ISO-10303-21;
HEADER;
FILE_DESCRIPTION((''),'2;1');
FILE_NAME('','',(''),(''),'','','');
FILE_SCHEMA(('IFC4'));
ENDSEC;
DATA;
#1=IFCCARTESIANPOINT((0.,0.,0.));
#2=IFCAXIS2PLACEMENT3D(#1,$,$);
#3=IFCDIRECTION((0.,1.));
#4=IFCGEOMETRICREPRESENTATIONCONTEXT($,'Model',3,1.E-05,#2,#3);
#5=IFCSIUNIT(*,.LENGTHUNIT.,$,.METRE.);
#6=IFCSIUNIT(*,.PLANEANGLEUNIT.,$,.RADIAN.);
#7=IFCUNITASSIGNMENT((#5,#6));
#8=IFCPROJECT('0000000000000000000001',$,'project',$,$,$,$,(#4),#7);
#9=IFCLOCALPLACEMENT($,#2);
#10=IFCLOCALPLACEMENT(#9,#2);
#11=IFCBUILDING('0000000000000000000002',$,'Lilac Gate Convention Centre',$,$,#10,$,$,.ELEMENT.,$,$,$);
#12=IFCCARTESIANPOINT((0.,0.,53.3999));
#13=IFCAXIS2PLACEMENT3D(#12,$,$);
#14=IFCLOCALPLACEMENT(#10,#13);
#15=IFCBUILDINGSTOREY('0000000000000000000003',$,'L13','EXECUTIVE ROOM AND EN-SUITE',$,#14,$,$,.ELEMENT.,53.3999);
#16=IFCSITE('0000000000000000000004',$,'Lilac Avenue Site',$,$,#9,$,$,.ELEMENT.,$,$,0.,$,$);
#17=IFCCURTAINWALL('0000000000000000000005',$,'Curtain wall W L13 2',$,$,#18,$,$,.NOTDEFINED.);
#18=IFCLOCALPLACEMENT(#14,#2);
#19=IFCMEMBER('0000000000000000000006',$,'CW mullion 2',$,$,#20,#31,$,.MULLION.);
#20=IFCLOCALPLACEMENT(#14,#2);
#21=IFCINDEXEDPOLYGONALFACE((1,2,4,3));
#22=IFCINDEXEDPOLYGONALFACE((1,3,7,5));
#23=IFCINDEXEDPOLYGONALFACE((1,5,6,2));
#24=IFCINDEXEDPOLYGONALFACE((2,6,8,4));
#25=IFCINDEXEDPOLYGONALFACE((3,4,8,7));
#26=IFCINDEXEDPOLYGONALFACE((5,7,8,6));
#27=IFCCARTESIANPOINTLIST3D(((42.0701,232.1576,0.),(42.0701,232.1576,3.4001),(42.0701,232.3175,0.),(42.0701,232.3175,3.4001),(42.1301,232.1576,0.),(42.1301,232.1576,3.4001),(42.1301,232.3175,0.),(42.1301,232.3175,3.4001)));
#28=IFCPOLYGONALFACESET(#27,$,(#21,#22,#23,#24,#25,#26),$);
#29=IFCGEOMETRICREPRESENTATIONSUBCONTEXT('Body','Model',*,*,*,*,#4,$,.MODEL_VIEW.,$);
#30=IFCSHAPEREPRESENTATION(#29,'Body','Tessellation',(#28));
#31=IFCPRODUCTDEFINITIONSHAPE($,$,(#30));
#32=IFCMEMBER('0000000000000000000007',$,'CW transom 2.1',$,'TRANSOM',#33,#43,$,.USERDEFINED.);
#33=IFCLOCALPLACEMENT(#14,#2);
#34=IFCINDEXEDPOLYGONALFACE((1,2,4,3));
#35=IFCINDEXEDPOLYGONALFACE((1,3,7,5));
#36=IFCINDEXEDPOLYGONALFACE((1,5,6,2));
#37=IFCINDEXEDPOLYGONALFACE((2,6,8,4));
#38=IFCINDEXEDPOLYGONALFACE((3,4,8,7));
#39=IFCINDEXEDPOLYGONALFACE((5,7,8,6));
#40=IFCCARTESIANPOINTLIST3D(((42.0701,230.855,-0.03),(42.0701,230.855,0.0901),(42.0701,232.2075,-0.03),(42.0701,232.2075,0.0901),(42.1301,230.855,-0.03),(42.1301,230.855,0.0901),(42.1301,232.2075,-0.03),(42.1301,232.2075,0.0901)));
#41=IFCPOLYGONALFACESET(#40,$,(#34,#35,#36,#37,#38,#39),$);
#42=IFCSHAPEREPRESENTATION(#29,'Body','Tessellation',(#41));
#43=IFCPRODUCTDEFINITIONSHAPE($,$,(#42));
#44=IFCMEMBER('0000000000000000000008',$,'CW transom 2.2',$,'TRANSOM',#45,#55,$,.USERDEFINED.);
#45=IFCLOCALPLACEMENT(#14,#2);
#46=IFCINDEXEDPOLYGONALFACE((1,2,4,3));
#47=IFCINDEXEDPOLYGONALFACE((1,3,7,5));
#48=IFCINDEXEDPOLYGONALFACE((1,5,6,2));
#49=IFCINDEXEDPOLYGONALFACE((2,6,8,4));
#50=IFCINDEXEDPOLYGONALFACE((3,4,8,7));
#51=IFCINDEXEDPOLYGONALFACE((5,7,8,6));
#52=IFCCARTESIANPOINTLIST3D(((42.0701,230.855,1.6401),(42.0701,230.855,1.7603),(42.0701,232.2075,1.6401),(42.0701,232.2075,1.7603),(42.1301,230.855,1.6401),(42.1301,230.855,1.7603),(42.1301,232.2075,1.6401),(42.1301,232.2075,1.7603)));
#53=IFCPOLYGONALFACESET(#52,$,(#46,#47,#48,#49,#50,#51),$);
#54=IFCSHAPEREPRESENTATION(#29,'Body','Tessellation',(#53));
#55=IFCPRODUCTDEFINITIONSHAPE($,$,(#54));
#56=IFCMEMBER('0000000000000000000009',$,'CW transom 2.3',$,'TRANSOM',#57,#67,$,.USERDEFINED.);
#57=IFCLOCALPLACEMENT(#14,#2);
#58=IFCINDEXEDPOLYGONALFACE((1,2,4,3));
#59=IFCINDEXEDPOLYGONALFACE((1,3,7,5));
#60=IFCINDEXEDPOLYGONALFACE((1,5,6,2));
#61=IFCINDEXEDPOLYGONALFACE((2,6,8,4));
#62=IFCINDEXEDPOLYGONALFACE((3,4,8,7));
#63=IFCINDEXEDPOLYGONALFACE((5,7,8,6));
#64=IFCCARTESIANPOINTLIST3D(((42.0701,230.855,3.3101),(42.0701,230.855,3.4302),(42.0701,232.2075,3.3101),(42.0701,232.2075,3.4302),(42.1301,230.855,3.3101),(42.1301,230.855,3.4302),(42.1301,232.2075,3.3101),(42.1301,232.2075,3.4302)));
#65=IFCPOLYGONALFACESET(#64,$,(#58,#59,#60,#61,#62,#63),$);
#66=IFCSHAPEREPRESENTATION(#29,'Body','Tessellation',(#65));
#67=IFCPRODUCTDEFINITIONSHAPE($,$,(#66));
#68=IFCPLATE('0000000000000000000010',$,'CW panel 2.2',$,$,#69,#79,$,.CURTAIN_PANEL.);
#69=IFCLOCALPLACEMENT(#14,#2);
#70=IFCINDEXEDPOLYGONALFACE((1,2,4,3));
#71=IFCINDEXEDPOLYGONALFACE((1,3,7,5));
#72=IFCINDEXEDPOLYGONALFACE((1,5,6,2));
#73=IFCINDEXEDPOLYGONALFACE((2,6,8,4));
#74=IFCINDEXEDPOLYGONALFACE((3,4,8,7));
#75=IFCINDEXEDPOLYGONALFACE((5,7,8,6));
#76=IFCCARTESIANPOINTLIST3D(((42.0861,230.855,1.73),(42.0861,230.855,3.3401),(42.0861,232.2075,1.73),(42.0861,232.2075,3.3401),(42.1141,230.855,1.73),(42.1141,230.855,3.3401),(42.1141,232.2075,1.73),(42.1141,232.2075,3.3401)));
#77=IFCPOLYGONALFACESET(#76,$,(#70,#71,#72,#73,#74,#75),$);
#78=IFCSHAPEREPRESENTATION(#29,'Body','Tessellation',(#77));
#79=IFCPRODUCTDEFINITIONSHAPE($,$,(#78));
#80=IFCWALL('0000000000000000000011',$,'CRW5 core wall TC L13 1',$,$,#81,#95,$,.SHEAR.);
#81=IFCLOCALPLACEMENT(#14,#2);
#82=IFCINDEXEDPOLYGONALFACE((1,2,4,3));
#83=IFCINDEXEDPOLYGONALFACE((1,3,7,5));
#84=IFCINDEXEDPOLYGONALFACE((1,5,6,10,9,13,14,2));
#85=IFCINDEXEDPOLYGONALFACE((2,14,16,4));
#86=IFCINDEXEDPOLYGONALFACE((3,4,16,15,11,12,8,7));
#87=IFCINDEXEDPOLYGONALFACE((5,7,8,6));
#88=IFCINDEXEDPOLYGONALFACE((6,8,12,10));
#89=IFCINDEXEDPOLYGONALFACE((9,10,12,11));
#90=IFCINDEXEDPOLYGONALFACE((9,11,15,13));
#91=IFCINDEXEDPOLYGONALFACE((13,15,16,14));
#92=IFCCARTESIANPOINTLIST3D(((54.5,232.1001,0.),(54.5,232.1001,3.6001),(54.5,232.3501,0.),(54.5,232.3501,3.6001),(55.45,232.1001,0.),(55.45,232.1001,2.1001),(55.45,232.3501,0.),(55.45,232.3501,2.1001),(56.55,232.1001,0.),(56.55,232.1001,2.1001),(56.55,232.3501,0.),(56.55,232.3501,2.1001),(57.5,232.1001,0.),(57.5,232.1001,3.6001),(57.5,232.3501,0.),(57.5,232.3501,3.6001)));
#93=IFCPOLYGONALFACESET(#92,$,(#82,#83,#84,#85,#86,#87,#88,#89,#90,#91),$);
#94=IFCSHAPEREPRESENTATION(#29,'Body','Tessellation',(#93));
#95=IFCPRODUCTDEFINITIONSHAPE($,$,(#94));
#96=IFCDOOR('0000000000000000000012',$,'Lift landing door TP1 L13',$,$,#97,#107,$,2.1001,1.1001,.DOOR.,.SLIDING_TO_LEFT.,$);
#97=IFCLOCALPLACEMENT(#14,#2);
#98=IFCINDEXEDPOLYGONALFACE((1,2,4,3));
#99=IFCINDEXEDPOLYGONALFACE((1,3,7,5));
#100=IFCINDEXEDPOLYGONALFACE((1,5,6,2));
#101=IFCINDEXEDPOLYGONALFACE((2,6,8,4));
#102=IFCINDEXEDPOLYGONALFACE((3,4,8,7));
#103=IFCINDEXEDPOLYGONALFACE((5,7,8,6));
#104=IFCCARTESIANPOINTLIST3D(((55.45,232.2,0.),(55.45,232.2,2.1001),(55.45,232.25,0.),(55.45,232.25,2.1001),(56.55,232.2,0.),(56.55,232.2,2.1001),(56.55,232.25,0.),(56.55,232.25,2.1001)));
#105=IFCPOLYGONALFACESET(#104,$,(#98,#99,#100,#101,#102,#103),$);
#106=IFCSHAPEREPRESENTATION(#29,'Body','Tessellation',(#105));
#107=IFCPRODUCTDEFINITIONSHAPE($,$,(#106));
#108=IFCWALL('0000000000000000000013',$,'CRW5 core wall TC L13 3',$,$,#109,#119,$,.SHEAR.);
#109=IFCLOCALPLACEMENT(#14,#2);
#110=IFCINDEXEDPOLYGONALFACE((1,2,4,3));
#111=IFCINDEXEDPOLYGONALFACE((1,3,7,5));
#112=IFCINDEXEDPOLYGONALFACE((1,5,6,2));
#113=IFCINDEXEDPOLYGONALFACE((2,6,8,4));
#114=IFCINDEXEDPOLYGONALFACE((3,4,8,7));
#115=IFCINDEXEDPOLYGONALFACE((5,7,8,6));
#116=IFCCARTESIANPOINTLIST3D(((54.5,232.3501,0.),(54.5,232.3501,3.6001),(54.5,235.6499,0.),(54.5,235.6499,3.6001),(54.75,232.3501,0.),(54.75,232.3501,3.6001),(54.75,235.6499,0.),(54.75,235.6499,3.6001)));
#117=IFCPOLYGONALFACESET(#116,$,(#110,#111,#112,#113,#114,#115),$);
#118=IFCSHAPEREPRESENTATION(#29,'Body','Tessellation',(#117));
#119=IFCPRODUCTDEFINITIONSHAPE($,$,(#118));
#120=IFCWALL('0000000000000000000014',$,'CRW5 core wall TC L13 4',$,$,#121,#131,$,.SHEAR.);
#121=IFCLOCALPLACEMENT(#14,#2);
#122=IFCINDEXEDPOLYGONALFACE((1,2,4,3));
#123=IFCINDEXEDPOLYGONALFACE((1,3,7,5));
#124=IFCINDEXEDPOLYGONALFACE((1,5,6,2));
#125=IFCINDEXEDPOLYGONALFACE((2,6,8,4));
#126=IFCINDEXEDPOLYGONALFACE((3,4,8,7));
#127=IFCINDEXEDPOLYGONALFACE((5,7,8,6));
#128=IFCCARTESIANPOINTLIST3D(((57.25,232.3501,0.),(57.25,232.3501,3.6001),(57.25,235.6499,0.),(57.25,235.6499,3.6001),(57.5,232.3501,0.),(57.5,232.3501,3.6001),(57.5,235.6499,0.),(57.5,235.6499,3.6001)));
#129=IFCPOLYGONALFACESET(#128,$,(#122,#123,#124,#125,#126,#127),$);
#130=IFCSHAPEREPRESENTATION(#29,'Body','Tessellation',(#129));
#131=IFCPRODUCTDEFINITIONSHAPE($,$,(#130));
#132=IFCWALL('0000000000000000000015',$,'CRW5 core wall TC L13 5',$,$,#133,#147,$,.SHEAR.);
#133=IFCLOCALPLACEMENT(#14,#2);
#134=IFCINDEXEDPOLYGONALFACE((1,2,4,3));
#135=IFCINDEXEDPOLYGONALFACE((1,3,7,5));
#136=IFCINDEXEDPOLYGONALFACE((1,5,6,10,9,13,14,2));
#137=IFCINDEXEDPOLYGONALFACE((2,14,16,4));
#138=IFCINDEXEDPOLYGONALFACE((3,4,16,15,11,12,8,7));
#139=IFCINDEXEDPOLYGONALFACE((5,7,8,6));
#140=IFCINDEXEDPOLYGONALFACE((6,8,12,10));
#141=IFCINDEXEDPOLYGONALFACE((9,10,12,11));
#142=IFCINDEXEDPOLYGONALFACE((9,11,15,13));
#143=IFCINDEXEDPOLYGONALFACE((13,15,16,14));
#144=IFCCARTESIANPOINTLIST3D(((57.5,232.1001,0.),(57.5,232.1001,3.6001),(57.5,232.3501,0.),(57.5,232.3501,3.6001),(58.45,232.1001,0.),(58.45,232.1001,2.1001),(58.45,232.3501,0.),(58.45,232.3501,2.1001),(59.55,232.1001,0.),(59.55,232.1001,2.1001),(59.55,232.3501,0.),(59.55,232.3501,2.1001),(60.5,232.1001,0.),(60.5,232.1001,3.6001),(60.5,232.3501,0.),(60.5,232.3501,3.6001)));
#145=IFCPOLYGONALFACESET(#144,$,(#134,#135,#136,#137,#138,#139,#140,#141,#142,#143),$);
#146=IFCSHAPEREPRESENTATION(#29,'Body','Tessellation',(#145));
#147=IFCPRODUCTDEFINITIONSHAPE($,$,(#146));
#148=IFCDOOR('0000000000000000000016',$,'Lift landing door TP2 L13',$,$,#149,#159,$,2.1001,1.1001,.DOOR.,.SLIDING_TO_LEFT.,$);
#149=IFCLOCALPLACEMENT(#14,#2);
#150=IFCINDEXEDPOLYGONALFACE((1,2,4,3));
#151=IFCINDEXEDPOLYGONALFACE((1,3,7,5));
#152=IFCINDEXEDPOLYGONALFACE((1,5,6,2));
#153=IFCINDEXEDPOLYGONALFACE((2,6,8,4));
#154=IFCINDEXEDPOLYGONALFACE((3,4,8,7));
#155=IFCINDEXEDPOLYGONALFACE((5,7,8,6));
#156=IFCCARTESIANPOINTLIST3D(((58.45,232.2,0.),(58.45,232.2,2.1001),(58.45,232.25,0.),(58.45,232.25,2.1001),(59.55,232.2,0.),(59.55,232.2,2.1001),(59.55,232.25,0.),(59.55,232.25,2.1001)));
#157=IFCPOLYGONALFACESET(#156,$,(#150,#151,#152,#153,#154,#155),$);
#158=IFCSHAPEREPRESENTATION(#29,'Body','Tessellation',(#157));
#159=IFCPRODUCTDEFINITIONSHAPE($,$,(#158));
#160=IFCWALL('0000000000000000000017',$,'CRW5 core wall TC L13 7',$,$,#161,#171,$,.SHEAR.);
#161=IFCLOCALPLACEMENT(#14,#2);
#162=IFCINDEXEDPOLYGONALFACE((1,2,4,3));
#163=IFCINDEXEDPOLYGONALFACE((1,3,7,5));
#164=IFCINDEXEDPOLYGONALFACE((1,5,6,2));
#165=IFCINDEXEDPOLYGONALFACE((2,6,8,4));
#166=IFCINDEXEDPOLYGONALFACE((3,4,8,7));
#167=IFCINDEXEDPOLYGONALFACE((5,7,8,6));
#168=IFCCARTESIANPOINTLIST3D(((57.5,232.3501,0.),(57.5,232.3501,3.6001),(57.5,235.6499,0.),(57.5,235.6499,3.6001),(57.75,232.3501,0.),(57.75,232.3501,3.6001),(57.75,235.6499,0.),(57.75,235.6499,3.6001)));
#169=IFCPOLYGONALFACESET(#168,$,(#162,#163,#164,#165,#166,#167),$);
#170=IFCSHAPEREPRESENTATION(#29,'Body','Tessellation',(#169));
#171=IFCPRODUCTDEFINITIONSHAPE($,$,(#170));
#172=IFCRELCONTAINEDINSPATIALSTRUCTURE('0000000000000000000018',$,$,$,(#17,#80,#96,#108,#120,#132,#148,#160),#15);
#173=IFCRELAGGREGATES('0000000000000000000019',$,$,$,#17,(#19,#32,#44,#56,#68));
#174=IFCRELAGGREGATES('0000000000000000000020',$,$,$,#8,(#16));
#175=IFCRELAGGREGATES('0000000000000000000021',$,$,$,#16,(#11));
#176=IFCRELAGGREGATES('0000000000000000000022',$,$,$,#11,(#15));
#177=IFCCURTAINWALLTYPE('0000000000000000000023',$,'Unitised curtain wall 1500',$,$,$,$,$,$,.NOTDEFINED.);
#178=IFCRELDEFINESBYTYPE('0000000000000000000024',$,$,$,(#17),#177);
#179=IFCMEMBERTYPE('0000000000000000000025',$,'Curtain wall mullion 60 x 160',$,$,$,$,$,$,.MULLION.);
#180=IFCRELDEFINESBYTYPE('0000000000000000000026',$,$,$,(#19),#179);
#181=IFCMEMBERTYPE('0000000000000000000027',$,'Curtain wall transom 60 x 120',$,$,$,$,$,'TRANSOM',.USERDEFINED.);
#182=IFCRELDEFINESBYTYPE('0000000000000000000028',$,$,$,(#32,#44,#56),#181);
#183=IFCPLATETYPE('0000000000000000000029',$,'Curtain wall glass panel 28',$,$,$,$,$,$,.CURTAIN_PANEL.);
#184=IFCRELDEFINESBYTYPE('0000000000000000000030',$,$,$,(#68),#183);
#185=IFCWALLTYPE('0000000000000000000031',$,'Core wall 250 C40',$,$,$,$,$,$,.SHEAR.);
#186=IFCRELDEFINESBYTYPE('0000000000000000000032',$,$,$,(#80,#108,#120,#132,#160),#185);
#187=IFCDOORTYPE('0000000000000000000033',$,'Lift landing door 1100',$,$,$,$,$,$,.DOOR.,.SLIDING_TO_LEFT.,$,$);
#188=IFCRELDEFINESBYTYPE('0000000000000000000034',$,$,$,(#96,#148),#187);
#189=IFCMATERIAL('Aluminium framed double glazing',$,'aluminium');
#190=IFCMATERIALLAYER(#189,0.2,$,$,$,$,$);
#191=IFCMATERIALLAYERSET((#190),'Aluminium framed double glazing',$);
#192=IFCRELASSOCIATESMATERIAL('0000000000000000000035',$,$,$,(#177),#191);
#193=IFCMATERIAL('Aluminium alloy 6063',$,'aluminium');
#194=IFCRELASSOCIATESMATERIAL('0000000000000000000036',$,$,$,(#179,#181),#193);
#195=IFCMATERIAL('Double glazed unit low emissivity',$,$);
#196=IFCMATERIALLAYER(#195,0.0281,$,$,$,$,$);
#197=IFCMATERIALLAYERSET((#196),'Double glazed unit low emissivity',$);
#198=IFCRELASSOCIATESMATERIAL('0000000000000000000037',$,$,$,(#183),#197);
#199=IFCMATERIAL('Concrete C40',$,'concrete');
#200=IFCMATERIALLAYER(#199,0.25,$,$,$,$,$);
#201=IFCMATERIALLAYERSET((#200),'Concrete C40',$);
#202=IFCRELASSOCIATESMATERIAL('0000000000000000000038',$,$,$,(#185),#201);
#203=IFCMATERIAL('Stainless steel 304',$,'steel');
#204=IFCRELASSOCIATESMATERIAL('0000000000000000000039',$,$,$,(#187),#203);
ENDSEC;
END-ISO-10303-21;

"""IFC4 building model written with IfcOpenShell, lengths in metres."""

from ifc_helpers import new_model, si_unit, direction, frame, frame_2d, origin, origin_2d, place, context, subcontext, project, spatial, rectangle, extrude, material, layer, layer_set, material_profile, profile_set, type_object, element, fill, aggregate, save


model = new_model("IFC4")

# Units and contexts
model_context = context("Model", 3, precision=1e-05, world=origin(), true_north=direction((0.0, 1.0)))
body_context = subcontext(model_context, "Body", "Model", "MODEL_VIEW")
ifc_project = project(units=[si_unit("LENGTHUNIT", "METRE"), si_unit("PLANEANGLEUNIT", "RADIAN")], contexts=[model_context])

# Site, building, storey
site_placement = place(None, origin())
site = spatial("IfcSite", under=ifc_project, at=site_placement, Name="Lilac Avenue Site", CompositionType="ELEMENT", RefElevation=0.0)
building_placement = place(site_placement, origin())
building = spatial("IfcBuilding", under=site, at=building_placement, Name="Lilac Gate Convention Centre", CompositionType="ELEMENT")
storey_placement = place(building_placement, frame((0.0, 0.0, 53.3999)))
storey = spatial("IfcBuildingStorey", under=building, at=storey_placement, Name="L13", Description="EXECUTIVE ROOM AND EN-SUITE", CompositionType="ELEMENT", Elevation=53.3999)

# Curtain wall, members, plate
ifc_material_1 = material(Name="Aluminium framed double glazing", Category="aluminium")
ifc_layer_1 = layer(ifc_material_1, 0.2)
ifc_layer_set_1 = layer_set([ifc_layer_1], Name="Aluminium framed double glazing")
curtain_wall_type = type_object("IfcCurtainWallType", Name="Unitised curtain wall 1500", PredefinedType="NOTDEFINED", material=ifc_layer_set_1)
curtain_wall_placement = place(storey_placement, origin())
curtain_wall = element("IfcCurtainWall", 1, at=curtain_wall_placement, inside=storey, type_object=curtain_wall_type, Name="Curtain wall W L13 2", PredefinedType="NOTDEFINED")
ifc_material_2 = material(Name="Aluminium alloy 6063", Category="aluminium")
ifc_material_profile_1 = material_profile(ifc_material_2, rectangle(XDim=0.0601, YDim=0.1599, at=origin_2d()), Name="Curtain wall mullion 60 x 160")
ifc_profile_set_1 = profile_set([ifc_material_profile_1], Name="Aluminium alloy 6063")
member_type_1 = type_object("IfcMemberType", Name="Curtain wall mullion 60 x 160", PredefinedType="MULLION", material=ifc_profile_set_1)
member_1_placement = place(storey_placement, frame((42.1001, 232.2375, 0.0), z_axis=(0.0, 0.0, 1.0), x_axis=(1.0, 0.0, 0.0)))
member_1 = element("IfcMember", 2, at=member_1_placement, type_object=member_type_1, Name="CW mullion 2", PredefinedType="MULLION", context=body_context, shape_type="SweptSolid", body=[
    extrude(rectangle(XDim=0.0601, YDim=0.1599, at=origin_2d()), origin(), (0.0, 0.0, 1.0), 3.4001),
])
ifc_material_profile_2 = material_profile(ifc_material_2, rectangle(XDim=0.0601, YDim=0.1201, at=origin_2d()), Name="Curtain wall transom 60 x 120")
ifc_profile_set_2 = profile_set([ifc_material_profile_2], Name="Aluminium alloy 6063")
member_type_2 = type_object("IfcMemberType", Name="Curtain wall transom 60 x 120", ElementType="TRANSOM", PredefinedType="USERDEFINED", material=ifc_profile_set_2)
member_2_placement = place(storey_placement, frame((42.1001, 232.2075, 0.03), z_axis=(0.0, -1.0, 0.0), x_axis=(1.0, 0.0, 0.0)))
member_2 = element("IfcMember", 3, at=member_2_placement, type_object=member_type_2, Name="CW transom 2.1", ObjectType="TRANSOM", PredefinedType="USERDEFINED", context=body_context, shape_type="SweptSolid", body=[
    extrude(rectangle(XDim=0.0601, YDim=0.1201, at=origin_2d()), origin(), (0.0, 0.0, 1.0), 1.3525),
])
member_3_placement = place(storey_placement, frame((42.1001, 232.2075, 1.7002), z_axis=(0.0, -1.0, 0.0), x_axis=(1.0, 0.0, 0.0)))
member_3 = element("IfcMember", 4, at=member_3_placement, type_object=member_type_2, Name="CW transom 2.2", ObjectType="TRANSOM", PredefinedType="USERDEFINED", context=body_context, shape_type="SweptSolid", body=[
    extrude(rectangle(XDim=0.0601, YDim=0.1201, at=origin_2d()), origin(), (0.0, 0.0, 1.0), 1.3525),
])
member_4_placement = place(storey_placement, frame((42.1001, 232.2075, 3.3701), z_axis=(0.0, -1.0, 0.0), x_axis=(1.0, 0.0, 0.0)))
member_4 = element("IfcMember", 5, at=member_4_placement, type_object=member_type_2, Name="CW transom 2.3", ObjectType="TRANSOM", PredefinedType="USERDEFINED", context=body_context, shape_type="SweptSolid", body=[
    extrude(rectangle(XDim=0.0601, YDim=0.1201, at=origin_2d()), origin(), (0.0, 0.0, 1.0), 1.3525),
])
ifc_material_3 = material(Name="Double glazed unit low emissivity")
ifc_layer_2 = layer(ifc_material_3, 0.0281)
ifc_layer_set_2 = layer_set([ifc_layer_2], Name="Double glazed unit low emissivity")
plate_type = type_object("IfcPlateType", Name="Curtain wall glass panel 28", PredefinedType="CURTAIN_PANEL", material=ifc_layer_set_2)
plate_placement = place(storey_placement, frame((42.1001, 231.5312, 1.73), z_axis=(0.0, 0.0, 1.0), x_axis=(0.0, -1.0, 0.0)))
plate = element("IfcPlate", 6, at=plate_placement, type_object=plate_type, Name="CW panel 2.2", PredefinedType="CURTAIN_PANEL", context=body_context, shape_type="SweptSolid", body=[
    extrude(rectangle(XDim=1.3525, YDim=0.0281, at=origin_2d()), origin(), (0.0, 0.0, 1.0), 1.6101),
])
aggregate(curtain_wall, [member_1, member_2, member_3, member_4, plate])

# Wall, opening, door
ifc_material_4 = material(Name="Concrete C40", Category="concrete")
ifc_layer_3 = layer(ifc_material_4, 0.25)
ifc_layer_set_3 = layer_set([ifc_layer_3], Name="Concrete C40")
wall_type_1 = type_object("IfcWallType", Name="Core wall 250 C40", PredefinedType="SHEAR", material=ifc_layer_set_3)
wall_1_placement = place(storey_placement, frame((54.5, 232.2251, 0.0), z_axis=(0.0, 0.0, 1.0), x_axis=(1.0, 0.0, 0.0)))
wall_1 = element("IfcWall", 7, at=wall_1_placement, inside=storey, type_object=wall_type_1, Name="CRW5 core wall TC L13 1", PredefinedType="SHEAR", context=body_context, shape_type="SweptSolid", body=[
    extrude(rectangle(XDim=3.0, YDim=0.25, at=frame_2d((1.5, 0.0))), origin(), (0.0, 0.0, 1.0), 3.6001),
])
opening_1_placement = place(wall_1_placement, frame((0.95, 0.0, 0.0)))
opening_1 = element("IfcOpeningElement", 8, at=opening_1_placement, cuts=wall_1, PredefinedType="OPENING", context=body_context, shape_type="SweptSolid", body=[
    extrude(rectangle(XDim=1.1001, YDim=2.1001, at=frame_2d((0.55, 1.05))), frame((0.0, 0.135, 0.0), z_axis=(0.0, -1.0, 0.0), x_axis=(1.0, 0.0, 0.0)), (0.0, 0.0, 1.0), 0.27),
])
ifc_material_5 = material(Name="Stainless steel 304", Category="steel")
door_type_1 = type_object("IfcDoorType", Name="Lift landing door 1100", OperationType="SLIDING_TO_LEFT", PredefinedType="DOOR", material=ifc_material_5)
door_1_placement = place(opening_1_placement, origin())
door_1 = element("IfcDoor", 9, at=door_1_placement, inside=storey, type_object=door_type_1, Name="Lift landing door TP1 L13", OperationType="SLIDING_TO_LEFT", OverallHeight=2.1001, OverallWidth=1.1001, PredefinedType="DOOR", context=body_context, shape_type="SweptSolid", body=[
    extrude(rectangle(XDim=1.1001, YDim=2.1001, at=frame_2d((0.55, 1.05))), frame((0.0, 0.0249, 0.0), z_axis=(0.0, -1.0, 0.0), x_axis=(1.0, 0.0, 0.0)), (0.0, 0.0, 1.0), 0.05),
])
fill(opening_1, door_1)

# Walls
for number, where, z_axis, x_axis, name in (
    (10, (54.625, 232.3501, 0.0), (0.0, 0.0, 1.0), (0.0, 1.0, 0.0), "CRW5 core wall TC L13 3"),
    (11, (57.375, 232.3501, 0.0), (0.0, 0.0, 1.0), (0.0, 1.0, 0.0), "CRW5 core wall TC L13 4"),
):
    element("IfcWall", number, at=place(storey_placement, frame(where, z_axis=z_axis, x_axis=x_axis)), inside=storey, type_object=wall_type_1, Name=name, PredefinedType="SHEAR", context=body_context, shape_type="SweptSolid", body=[
        extrude(rectangle(XDim=3.2998, YDim=0.25, at=frame_2d((1.6499, 0.0))), origin(), (0.0, 0.0, 1.0), 3.6001),
    ])

# Wall, opening, door
wall_2_placement = place(storey_placement, frame((57.5, 232.2251, 0.0), z_axis=(0.0, 0.0, 1.0), x_axis=(1.0, 0.0, 0.0)))
wall_2 = element("IfcWall", 12, at=wall_2_placement, inside=storey, type_object=wall_type_1, Name="CRW5 core wall TC L13 5", PredefinedType="SHEAR", context=body_context, shape_type="SweptSolid", body=[
    extrude(rectangle(XDim=3.0, YDim=0.25, at=frame_2d((1.5, 0.0))), origin(), (0.0, 0.0, 1.0), 3.6001),
])
opening_2_placement = place(wall_2_placement, frame((0.95, 0.0, 0.0)))
opening_2 = element("IfcOpeningElement", 13, at=opening_2_placement, cuts=wall_2, PredefinedType="OPENING", context=body_context, shape_type="SweptSolid", body=[
    extrude(rectangle(XDim=1.1001, YDim=2.1001, at=frame_2d((0.55, 1.05))), frame((0.0, 0.135, 0.0), z_axis=(0.0, -1.0, 0.0), x_axis=(1.0, 0.0, 0.0)), (0.0, 0.0, 1.0), 0.27),
])
door_2_placement = place(opening_2_placement, origin())
door_2 = element("IfcDoor", 14, at=door_2_placement, inside=storey, type_object=door_type_1, Name="Lift landing door TP2 L13", OperationType="SLIDING_TO_LEFT", OverallHeight=2.1001, OverallWidth=1.1001, PredefinedType="DOOR", context=body_context, shape_type="SweptSolid", body=[
    extrude(rectangle(XDim=1.1001, YDim=2.1001, at=frame_2d((0.55, 1.05))), frame((0.0, 0.0249, 0.0), z_axis=(0.0, -1.0, 0.0), x_axis=(1.0, 0.0, 0.0)), (0.0, 0.0, 1.0), 0.05),
])
fill(opening_2, door_2)

# Wall
wall_3_placement = place(storey_placement, frame((57.625, 232.3501, 0.0), z_axis=(0.0, 0.0, 1.0), x_axis=(0.0, 1.0, 0.0)))
element("IfcWall", 15, at=wall_3_placement, inside=storey, type_object=wall_type_1, Name="CRW5 core wall TC L13 7", PredefinedType="SHEAR", context=body_context, shape_type="SweptSolid", body=[
    extrude(rectangle(XDim=3.2998, YDim=0.25, at=frame_2d((1.6499, 0.0))), origin(), (0.0, 0.0, 1.0), 3.6001),
])

save(model, "model.ifc")
